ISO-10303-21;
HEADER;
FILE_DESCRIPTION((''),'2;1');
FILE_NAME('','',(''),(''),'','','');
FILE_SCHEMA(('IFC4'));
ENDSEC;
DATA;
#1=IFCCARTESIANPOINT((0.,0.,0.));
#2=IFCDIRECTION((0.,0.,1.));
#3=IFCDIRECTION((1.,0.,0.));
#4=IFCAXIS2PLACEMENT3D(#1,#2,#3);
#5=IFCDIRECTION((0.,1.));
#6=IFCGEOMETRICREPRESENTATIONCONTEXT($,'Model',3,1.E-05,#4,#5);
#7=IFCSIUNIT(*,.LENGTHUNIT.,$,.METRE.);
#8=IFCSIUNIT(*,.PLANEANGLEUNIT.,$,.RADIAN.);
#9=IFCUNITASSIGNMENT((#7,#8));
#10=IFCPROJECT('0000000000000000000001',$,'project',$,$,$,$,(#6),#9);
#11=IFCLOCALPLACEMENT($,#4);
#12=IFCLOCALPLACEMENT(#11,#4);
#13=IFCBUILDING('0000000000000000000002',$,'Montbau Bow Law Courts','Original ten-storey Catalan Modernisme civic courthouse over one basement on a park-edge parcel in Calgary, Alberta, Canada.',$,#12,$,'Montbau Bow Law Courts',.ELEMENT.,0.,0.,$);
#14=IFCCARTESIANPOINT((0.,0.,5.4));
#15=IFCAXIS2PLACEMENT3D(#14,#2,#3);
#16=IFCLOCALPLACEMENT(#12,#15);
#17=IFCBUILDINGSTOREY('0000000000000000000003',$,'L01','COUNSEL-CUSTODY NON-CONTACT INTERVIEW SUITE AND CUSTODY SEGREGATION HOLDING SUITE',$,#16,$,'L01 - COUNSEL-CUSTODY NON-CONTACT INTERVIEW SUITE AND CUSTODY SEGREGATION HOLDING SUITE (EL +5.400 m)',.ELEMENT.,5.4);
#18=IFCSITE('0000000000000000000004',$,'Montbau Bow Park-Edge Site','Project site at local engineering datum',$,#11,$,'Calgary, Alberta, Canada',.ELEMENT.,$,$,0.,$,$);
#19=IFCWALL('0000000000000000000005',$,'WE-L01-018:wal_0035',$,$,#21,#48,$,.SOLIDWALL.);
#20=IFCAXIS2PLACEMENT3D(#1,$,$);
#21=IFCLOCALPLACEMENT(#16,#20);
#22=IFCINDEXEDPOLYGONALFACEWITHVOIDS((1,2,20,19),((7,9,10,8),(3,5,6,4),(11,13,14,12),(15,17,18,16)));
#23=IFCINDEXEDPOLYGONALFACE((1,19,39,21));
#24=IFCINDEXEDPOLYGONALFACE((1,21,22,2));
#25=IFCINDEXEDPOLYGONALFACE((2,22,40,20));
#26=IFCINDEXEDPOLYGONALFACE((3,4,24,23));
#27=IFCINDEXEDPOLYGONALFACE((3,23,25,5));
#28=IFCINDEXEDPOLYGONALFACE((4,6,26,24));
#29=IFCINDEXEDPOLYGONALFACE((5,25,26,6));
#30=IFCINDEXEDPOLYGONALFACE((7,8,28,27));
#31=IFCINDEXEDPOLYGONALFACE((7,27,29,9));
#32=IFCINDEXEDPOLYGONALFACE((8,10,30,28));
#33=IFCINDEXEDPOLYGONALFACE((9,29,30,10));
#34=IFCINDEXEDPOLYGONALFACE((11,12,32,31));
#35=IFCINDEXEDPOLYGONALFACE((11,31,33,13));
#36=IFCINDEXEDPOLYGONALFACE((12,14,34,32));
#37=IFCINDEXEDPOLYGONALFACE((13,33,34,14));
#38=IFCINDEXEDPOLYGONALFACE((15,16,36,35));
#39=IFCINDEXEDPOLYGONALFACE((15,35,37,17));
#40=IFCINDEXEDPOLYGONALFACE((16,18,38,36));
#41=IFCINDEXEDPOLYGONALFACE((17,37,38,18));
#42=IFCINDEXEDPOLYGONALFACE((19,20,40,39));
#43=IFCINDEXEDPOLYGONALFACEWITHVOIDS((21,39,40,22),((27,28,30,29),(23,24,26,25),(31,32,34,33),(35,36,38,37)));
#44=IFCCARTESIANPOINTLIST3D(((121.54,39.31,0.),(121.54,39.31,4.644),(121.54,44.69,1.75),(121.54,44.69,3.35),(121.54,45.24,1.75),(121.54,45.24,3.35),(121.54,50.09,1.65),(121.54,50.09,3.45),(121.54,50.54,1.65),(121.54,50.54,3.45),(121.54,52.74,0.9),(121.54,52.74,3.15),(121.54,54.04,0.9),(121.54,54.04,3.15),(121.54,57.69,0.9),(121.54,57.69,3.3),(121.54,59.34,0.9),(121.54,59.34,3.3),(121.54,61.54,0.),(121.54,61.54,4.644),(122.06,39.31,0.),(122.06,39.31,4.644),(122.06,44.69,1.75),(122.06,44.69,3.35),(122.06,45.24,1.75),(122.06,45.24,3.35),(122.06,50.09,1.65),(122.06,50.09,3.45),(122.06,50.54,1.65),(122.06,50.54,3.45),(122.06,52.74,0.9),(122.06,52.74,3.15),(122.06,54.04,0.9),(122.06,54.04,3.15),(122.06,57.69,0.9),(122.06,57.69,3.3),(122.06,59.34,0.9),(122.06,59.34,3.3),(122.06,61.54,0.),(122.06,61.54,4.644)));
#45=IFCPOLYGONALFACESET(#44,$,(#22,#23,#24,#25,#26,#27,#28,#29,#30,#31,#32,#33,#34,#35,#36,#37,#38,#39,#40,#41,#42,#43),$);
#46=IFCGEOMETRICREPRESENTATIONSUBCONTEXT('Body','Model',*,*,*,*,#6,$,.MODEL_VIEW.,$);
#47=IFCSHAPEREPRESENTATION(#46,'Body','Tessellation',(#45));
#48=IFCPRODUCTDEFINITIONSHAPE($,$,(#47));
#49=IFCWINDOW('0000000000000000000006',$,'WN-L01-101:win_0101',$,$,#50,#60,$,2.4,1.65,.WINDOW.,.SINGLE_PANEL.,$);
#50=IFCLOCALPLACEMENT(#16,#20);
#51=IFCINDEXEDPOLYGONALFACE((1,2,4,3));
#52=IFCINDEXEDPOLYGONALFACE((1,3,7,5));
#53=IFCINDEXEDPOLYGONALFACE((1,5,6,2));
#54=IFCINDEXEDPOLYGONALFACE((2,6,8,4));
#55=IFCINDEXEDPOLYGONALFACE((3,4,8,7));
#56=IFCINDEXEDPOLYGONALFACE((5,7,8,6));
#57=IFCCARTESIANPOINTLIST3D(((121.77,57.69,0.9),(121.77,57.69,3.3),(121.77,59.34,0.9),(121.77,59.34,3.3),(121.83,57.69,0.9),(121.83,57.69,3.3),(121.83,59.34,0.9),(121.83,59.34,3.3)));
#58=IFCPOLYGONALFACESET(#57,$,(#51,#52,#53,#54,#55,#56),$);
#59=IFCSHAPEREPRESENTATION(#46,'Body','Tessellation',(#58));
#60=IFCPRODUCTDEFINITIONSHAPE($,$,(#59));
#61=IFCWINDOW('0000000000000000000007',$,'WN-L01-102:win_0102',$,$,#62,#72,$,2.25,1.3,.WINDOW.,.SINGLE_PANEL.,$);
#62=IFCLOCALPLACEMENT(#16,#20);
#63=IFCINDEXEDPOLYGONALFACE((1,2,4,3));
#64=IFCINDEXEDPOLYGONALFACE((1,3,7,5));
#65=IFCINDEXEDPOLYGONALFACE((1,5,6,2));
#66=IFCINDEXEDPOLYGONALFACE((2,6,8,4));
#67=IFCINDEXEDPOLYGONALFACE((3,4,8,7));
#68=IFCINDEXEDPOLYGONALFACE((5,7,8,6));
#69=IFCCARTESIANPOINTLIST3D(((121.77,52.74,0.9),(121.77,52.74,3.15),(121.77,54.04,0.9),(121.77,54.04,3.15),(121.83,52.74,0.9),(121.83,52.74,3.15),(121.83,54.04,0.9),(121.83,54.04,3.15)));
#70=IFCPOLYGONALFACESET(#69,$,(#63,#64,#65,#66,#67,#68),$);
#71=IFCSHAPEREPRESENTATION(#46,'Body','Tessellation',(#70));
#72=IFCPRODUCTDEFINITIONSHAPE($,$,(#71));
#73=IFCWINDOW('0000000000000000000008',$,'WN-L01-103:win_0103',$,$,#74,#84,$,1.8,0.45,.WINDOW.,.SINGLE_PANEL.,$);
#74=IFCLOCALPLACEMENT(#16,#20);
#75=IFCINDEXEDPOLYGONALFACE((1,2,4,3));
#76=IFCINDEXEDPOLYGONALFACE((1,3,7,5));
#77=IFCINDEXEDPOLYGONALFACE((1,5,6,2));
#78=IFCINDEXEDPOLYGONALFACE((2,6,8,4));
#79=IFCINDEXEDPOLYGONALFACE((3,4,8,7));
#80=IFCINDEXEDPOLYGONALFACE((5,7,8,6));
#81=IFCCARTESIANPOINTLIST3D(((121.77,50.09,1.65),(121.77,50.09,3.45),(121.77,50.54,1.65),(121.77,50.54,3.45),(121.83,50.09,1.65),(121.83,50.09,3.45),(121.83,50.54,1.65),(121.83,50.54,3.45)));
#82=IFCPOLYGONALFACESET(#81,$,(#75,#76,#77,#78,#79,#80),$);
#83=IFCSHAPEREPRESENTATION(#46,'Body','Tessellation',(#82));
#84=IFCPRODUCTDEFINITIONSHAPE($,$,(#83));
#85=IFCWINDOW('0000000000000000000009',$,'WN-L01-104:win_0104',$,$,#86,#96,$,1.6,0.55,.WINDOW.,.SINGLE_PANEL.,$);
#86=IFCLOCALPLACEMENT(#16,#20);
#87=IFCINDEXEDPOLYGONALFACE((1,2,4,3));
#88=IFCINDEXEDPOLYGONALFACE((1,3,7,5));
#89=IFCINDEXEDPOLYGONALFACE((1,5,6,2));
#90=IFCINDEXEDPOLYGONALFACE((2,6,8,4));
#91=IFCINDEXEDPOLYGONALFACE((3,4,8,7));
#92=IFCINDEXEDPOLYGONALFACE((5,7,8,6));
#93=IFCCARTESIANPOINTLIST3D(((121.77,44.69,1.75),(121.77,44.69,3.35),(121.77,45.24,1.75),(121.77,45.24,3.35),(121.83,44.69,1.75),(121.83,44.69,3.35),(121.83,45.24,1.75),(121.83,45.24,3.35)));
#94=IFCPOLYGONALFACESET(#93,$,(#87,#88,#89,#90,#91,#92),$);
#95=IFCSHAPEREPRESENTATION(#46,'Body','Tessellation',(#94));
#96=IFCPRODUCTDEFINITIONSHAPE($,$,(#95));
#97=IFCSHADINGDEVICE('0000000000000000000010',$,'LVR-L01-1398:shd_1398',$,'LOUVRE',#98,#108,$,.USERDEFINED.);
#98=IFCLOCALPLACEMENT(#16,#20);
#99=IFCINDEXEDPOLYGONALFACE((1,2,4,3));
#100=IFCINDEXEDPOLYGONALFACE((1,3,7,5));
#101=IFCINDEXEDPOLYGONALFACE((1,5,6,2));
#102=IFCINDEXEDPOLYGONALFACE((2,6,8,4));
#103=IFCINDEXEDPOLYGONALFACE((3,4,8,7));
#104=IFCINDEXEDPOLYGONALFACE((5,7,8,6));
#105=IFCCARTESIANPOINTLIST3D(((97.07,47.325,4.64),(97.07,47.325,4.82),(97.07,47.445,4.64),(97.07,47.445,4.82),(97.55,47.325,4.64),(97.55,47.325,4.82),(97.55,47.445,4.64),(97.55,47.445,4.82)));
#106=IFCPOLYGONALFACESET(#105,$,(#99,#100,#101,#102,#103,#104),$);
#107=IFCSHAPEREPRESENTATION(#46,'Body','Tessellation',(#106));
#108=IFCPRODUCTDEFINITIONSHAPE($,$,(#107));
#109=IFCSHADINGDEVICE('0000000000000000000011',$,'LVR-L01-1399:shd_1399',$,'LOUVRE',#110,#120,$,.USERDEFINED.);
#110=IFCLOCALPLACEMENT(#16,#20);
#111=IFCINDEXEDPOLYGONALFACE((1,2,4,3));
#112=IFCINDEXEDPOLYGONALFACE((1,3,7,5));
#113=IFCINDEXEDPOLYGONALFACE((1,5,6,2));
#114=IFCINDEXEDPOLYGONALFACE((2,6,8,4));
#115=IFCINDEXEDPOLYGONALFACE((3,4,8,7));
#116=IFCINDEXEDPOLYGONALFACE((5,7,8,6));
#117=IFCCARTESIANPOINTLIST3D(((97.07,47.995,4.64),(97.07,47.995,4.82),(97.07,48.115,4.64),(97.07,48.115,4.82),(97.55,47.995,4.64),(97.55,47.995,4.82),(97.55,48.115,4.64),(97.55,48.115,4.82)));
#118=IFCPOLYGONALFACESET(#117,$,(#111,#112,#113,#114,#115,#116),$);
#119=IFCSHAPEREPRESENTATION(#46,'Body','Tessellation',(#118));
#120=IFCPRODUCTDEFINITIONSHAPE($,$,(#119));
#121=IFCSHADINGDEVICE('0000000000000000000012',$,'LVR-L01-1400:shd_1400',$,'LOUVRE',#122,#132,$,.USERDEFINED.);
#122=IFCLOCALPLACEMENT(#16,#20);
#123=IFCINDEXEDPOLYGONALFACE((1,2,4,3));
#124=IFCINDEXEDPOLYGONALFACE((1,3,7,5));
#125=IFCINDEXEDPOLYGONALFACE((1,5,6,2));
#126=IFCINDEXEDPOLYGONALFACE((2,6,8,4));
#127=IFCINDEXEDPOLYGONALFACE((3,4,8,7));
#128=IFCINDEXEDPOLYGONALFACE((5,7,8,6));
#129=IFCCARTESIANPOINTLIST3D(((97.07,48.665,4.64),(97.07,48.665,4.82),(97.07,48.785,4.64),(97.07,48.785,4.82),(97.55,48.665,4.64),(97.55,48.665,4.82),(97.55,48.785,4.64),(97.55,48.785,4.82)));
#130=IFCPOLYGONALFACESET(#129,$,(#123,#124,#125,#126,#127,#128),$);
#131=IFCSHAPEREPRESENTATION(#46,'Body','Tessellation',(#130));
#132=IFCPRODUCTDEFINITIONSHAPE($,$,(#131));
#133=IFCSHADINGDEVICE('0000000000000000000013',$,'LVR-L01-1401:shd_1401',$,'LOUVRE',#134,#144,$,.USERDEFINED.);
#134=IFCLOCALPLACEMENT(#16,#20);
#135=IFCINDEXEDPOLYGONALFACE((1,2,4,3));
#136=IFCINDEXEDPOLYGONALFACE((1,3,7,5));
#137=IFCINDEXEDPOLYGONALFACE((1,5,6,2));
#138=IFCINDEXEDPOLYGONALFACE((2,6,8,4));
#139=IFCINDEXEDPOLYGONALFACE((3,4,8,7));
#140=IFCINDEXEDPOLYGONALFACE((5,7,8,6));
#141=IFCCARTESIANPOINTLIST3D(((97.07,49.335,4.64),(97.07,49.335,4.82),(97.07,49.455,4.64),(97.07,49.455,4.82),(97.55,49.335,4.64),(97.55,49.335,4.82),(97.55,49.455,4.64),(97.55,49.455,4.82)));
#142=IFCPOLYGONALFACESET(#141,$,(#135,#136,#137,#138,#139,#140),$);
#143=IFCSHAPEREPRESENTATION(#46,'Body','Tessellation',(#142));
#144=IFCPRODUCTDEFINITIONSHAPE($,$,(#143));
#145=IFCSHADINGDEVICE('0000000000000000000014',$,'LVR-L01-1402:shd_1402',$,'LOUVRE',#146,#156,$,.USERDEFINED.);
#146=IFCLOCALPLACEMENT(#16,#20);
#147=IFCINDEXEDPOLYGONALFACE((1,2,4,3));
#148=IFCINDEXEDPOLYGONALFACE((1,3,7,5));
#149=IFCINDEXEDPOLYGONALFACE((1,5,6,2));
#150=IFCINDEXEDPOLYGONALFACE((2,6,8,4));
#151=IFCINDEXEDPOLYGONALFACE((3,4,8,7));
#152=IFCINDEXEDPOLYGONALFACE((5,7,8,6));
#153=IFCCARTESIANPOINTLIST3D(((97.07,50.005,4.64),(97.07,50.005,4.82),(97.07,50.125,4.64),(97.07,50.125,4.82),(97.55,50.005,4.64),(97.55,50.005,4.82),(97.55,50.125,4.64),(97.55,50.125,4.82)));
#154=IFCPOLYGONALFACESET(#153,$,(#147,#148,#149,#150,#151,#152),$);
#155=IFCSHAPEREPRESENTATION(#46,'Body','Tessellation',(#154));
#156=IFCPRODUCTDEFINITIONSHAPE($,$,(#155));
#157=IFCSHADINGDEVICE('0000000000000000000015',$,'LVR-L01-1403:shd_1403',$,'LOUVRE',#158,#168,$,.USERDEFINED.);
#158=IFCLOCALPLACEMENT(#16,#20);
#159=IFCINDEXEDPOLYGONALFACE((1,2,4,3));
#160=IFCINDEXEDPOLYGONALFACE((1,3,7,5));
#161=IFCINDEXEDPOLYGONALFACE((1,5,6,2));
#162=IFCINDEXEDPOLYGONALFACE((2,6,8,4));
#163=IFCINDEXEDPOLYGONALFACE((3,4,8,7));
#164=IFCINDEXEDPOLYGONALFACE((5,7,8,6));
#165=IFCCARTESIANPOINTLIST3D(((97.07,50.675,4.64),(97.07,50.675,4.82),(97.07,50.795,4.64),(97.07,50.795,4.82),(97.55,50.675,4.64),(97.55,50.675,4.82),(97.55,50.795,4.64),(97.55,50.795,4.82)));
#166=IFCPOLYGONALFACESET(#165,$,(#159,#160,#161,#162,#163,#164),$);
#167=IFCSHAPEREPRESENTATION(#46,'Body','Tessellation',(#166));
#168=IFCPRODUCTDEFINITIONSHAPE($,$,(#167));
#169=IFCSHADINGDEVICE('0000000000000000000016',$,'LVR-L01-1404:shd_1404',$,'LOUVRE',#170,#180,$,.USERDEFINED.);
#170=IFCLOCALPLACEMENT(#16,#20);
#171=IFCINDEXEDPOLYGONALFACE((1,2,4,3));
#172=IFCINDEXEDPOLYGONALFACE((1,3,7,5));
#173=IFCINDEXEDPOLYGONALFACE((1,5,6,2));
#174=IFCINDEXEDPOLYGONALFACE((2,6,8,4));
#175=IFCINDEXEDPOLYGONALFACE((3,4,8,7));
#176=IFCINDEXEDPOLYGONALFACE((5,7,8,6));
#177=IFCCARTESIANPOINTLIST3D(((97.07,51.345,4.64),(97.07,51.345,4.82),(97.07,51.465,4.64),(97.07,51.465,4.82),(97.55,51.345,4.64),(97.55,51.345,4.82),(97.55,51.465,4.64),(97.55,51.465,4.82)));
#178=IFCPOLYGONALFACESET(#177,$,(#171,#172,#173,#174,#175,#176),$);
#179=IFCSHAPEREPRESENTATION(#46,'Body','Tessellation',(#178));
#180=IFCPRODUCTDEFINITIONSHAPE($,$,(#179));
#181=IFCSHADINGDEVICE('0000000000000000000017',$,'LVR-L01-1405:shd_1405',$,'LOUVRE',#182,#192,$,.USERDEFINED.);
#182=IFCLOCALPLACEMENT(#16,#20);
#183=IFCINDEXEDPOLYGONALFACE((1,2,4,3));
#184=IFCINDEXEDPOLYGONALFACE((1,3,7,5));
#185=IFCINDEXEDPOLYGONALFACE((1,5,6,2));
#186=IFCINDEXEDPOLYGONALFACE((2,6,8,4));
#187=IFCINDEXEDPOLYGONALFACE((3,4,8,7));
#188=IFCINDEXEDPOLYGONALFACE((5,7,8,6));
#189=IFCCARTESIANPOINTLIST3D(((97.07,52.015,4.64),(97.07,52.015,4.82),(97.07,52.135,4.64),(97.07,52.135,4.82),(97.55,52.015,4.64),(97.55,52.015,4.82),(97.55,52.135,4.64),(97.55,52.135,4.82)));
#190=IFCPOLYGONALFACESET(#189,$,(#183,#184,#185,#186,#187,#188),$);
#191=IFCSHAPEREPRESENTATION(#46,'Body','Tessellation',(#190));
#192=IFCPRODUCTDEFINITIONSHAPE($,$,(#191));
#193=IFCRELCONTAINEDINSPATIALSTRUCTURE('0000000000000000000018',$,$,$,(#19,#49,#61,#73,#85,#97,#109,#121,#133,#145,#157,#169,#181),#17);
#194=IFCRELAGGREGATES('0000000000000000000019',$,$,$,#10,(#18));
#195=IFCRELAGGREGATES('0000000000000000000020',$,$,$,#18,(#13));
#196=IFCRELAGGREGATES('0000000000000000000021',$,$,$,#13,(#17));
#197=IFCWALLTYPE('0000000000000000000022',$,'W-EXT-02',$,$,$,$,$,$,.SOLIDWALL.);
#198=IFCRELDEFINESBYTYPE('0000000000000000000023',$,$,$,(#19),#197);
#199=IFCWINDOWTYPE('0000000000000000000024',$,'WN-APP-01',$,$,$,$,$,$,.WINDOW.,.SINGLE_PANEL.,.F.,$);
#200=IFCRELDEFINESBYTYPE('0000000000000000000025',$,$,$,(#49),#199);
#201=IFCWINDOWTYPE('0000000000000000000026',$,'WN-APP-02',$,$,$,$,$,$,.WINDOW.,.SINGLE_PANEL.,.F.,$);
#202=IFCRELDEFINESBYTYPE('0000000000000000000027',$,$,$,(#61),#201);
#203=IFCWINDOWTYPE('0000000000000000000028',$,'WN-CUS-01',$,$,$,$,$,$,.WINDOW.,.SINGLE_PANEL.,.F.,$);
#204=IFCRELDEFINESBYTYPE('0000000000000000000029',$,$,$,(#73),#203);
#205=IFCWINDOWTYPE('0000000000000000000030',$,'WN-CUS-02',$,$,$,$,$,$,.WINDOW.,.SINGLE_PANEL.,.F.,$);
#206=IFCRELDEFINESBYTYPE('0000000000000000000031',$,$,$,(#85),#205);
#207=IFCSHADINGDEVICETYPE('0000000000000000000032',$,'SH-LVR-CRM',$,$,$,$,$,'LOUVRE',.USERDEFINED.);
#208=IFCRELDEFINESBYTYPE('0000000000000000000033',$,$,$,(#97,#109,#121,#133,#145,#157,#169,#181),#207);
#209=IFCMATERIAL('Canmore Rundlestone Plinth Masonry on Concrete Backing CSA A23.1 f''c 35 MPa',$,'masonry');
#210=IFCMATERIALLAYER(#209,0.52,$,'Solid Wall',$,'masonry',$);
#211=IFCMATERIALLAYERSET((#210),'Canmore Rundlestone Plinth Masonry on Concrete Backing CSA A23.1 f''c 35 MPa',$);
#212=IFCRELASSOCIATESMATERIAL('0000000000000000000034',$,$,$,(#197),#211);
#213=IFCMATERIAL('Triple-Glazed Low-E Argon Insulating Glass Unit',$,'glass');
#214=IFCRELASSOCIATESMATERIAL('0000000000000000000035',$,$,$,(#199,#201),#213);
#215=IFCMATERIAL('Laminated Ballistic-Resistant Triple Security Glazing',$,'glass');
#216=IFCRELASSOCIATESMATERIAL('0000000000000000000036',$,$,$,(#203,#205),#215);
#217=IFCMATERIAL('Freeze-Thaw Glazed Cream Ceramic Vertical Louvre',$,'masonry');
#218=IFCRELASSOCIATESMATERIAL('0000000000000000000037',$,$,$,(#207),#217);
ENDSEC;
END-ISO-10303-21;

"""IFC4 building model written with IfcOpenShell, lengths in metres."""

from ifc_helpers import new_model, si_unit, direction, frame, frame_2d, origin_with_axes, origin_2d_with_axis, place, context, subcontext, project, spatial, rectangle, extrude, material, layer, layer_set, type_object, element, fill, save


model = new_model("IFC4")

# Units and contexts
model_context = context("Model", 3, precision=1e-05, world=origin_with_axes(), true_north=direction((0.0, 1.0)))
body_context = subcontext(model_context, "Body", "Model", "MODEL_VIEW")
ifc_project = project(units=[si_unit("LENGTHUNIT", "METRE"), si_unit("PLANEANGLEUNIT", "RADIAN")], contexts=[model_context])

# Site, building, storey
site_placement = place(None, origin_with_axes())
site = spatial("IfcSite", under=ifc_project, at=site_placement, Name="Montbau Bow Park-Edge Site", Description="Project site at local engineering datum", LongName="Calgary, Alberta, Canada", CompositionType="ELEMENT", RefElevation=0.0)
building_placement = place(site_placement, origin_with_axes())
building = spatial("IfcBuilding", under=site, at=building_placement, Name="Montbau Bow Law Courts", Description="Original ten-storey Catalan Modernisme civic courthouse over one basement on a park-edge parcel in Calgary, Alberta, Canada.", LongName="Montbau Bow Law Courts", CompositionType="ELEMENT", ElevationOfRefHeight=0.0, ElevationOfTerrain=0.0)
storey_placement = place(building_placement, frame((0.0, 0.0, 5.4), z_axis=(0.0, 0.0, 1.0), x_axis=(1.0, 0.0, 0.0)))
storey = spatial("IfcBuildingStorey", under=building, at=storey_placement, Name="L01", Description="COUNSEL-CUSTODY NON-CONTACT INTERVIEW SUITE AND CUSTODY SEGREGATION HOLDING SUITE", LongName="L01 - COUNSEL-CUSTODY NON-CONTACT INTERVIEW SUITE AND CUSTODY SEGREGATION HOLDING SUITE (EL +5.400 m)", CompositionType="ELEMENT", Elevation=5.4)

# Wall, openings, windows
ifc_material_1 = material(Name="Canmore Rundlestone Plinth Masonry on Concrete Backing CSA A23.1 f'c 35 MPa", Category="masonry")
ifc_layer = layer(ifc_material_1, 0.52, Name="Solid Wall", Category="masonry")
ifc_layer_set = layer_set([ifc_layer], Name="Canmore Rundlestone Plinth Masonry on Concrete Backing CSA A23.1 f'c 35 MPa")
wall_type = type_object("IfcWallType", Name="W-EXT-02", PredefinedType="SOLIDWALL", material=ifc_layer_set)
wall_placement = place(None, frame((121.8, 61.54, 5.4), z_axis=(0.0, 0.0, 1.0), x_axis=(0.0, -1.0, 0.0)))
wall = element("IfcWall", 1, at=wall_placement, inside=storey, type_object=wall_type, Name="WE-L01-018:wal_0035", PredefinedType="SOLIDWALL", context=body_context, shape_type="SweptSolid", body=[
    extrude(rectangle(XDim=22.23, YDim=0.52, at=frame_2d((11.115, 0.0), x_axis=(1.0, 0.0))), origin_with_axes(), (0.0, 0.0, 1.0), 4.644),
])
opening_1_placement = place(None, frame((121.8, 58.515, 6.3), z_axis=(0.0, 0.0, 1.0), x_axis=(0.0, -1.0, 0.0)))
opening_1 = element("IfcOpeningElement", 2, at=opening_1_placement, cuts=wall, PredefinedType="OPENING", context=body_context, shape_type="SweptSolid", body=[
    extrude(rectangle(XDim=1.65, YDim=2.4, at=frame_2d((0.0, 1.2), x_axis=(1.0, 0.0))), frame((0.0, 0.27, 0.0), z_axis=(0.0, -1.0, 0.0), x_axis=(1.0, 0.0, 0.0)), (0.0, 0.0, 1.0), 0.54),
])
opening_2_placement = place(None, frame((121.8, 53.39, 6.3), z_axis=(0.0, 0.0, 1.0), x_axis=(0.0, -1.0, 0.0)))
opening_2 = element("IfcOpeningElement", 3, at=opening_2_placement, cuts=wall, PredefinedType="OPENING", context=body_context, shape_type="SweptSolid", body=[
    extrude(rectangle(XDim=1.3, YDim=2.25, at=frame_2d((0.0, 1.125), x_axis=(1.0, 0.0))), frame((0.0, 0.27, 0.0), z_axis=(0.0, -1.0, 0.0), x_axis=(1.0, 0.0, 0.0)), (0.0, 0.0, 1.0), 0.54),
])
opening_3_placement = place(None, frame((121.8, 50.315, 7.05), z_axis=(0.0, 0.0, 1.0), x_axis=(0.0, -1.0, 0.0)))
opening_3 = element("IfcOpeningElement", 4, at=opening_3_placement, cuts=wall, PredefinedType="OPENING", context=body_context, shape_type="SweptSolid", body=[
    extrude(rectangle(XDim=0.45, YDim=1.8, at=frame_2d((0.0, 0.9), x_axis=(1.0, 0.0))), frame((0.0, 0.27, 0.0), z_axis=(0.0, -1.0, 0.0), x_axis=(1.0, 0.0, 0.0)), (0.0, 0.0, 1.0), 0.54),
])
opening_4_placement = place(None, frame((121.8, 44.965, 7.15), z_axis=(0.0, 0.0, 1.0), x_axis=(0.0, -1.0, 0.0)))
opening_4 = element("IfcOpeningElement", 5, at=opening_4_placement, cuts=wall, PredefinedType="OPENING", context=body_context, shape_type="SweptSolid", body=[
    extrude(rectangle(XDim=0.55, YDim=1.6, at=frame_2d((0.0, 0.8), x_axis=(1.0, 0.0))), frame((0.0, 0.27, 0.0), z_axis=(0.0, -1.0, 0.0), x_axis=(1.0, 0.0, 0.0)), (0.0, 0.0, 1.0), 0.54),
])
ifc_material_2 = material(Name="Triple-Glazed Low-E Argon Insulating Glass Unit", Category="glass")
window_type_1 = type_object("IfcWindowType", Name="WN-APP-01", ParameterTakesPrecedence=False, PartitioningType="SINGLE_PANEL", PredefinedType="WINDOW", material=ifc_material_2)
window_1_placement = place(None, frame((121.8, 58.515, 6.3), z_axis=(0.0, 0.0, 1.0), x_axis=(0.0, -1.0, 0.0)))
window_1 = element("IfcWindow", 6, at=window_1_placement, inside=storey, type_object=window_type_1, Name="WN-L01-101:win_0101", OverallHeight=2.4, OverallWidth=1.65, PartitioningType="SINGLE_PANEL", PredefinedType="WINDOW", context=body_context, shape_type="SweptSolid", body=[
    extrude(rectangle(XDim=1.65, YDim=2.4, at=frame_2d((0.0, 1.2), x_axis=(1.0, 0.0))), frame((0.0, 0.03, 0.0), z_axis=(0.0, -1.0, 0.0), x_axis=(1.0, 0.0, 0.0)), (0.0, 0.0, 1.0), 0.06),
])
fill(opening_1, window_1)
window_type_2 = type_object("IfcWindowType", Name="WN-APP-02", ParameterTakesPrecedence=False, PartitioningType="SINGLE_PANEL", PredefinedType="WINDOW", material=ifc_material_2)
window_2_placement = place(None, frame((121.8, 53.39, 6.3), z_axis=(0.0, 0.0, 1.0), x_axis=(0.0, -1.0, 0.0)))
window_2 = element("IfcWindow", 7, at=window_2_placement, inside=storey, type_object=window_type_2, Name="WN-L01-102:win_0102", OverallHeight=2.25, OverallWidth=1.3, PartitioningType="SINGLE_PANEL", PredefinedType="WINDOW", context=body_context, shape_type="SweptSolid", body=[
    extrude(rectangle(XDim=1.3, YDim=2.25, at=frame_2d((0.0, 1.125), x_axis=(1.0, 0.0))), frame((0.0, 0.03, 0.0), z_axis=(0.0, -1.0, 0.0), x_axis=(1.0, 0.0, 0.0)), (0.0, 0.0, 1.0), 0.06),
])
fill(opening_2, window_2)
ifc_material_3 = material(Name="Laminated Ballistic-Resistant Triple Security Glazing", Category="glass")
window_type_3 = type_object("IfcWindowType", Name="WN-CUS-01", ParameterTakesPrecedence=False, PartitioningType="SINGLE_PANEL", PredefinedType="WINDOW", material=ifc_material_3)
window_3_placement = place(None, frame((121.8, 50.315, 7.05), z_axis=(0.0, 0.0, 1.0), x_axis=(0.0, -1.0, 0.0)))
window_3 = element("IfcWindow", 8, at=window_3_placement, inside=storey, type_object=window_type_3, Name="WN-L01-103:win_0103", OverallHeight=1.8, OverallWidth=0.45, PartitioningType="SINGLE_PANEL", PredefinedType="WINDOW", context=body_context, shape_type="SweptSolid", body=[
    extrude(rectangle(XDim=0.45, YDim=1.8, at=frame_2d((0.0, 0.9), x_axis=(1.0, 0.0))), frame((0.0, 0.03, 0.0), z_axis=(0.0, -1.0, 0.0), x_axis=(1.0, 0.0, 0.0)), (0.0, 0.0, 1.0), 0.06),
])
fill(opening_3, window_3)
window_type_4 = type_object("IfcWindowType", Name="WN-CUS-02", ParameterTakesPrecedence=False, PartitioningType="SINGLE_PANEL", PredefinedType="WINDOW", material=ifc_material_3)
window_4_placement = place(None, frame((121.8, 44.965, 7.15), z_axis=(0.0, 0.0, 1.0), x_axis=(0.0, -1.0, 0.0)))
window_4 = element("IfcWindow", 9, at=window_4_placement, inside=storey, type_object=window_type_4, Name="WN-L01-104:win_0104", OverallHeight=1.6, OverallWidth=0.55, PartitioningType="SINGLE_PANEL", PredefinedType="WINDOW", context=body_context, shape_type="SweptSolid", body=[
    extrude(rectangle(XDim=0.55, YDim=1.6, at=frame_2d((0.0, 0.8), x_axis=(1.0, 0.0))), frame((0.0, 0.03, 0.0), z_axis=(0.0, -1.0, 0.0), x_axis=(1.0, 0.0, 0.0)), (0.0, 0.0, 1.0), 0.06),
])
fill(opening_4, window_4)

# Shading devices
ifc_material_4 = material(Name="Freeze-Thaw Glazed Cream Ceramic Vertical Louvre", Category="masonry")
shading_device_type = type_object("IfcShadingDeviceType", Name="SH-LVR-CRM", ElementType="LOUVRE", PredefinedType="USERDEFINED", material=ifc_material_4)
for number, where, z_axis, x_axis, name in (
    (10, (97.31, 47.385, 10.04), (0.0, 0.0, 1.0), (1.0, 0.0, 0.0), "LVR-L01-1398:shd_1398"),
    (11, (97.31, 48.055, 10.04), (0.0, 0.0, 1.0), (1.0, 0.0, 0.0), "LVR-L01-1399:shd_1399"),
    (12, (97.31, 48.725, 10.04), (0.0, 0.0, 1.0), (1.0, 0.0, 0.0), "LVR-L01-1400:shd_1400"),
    (13, (97.31, 49.395, 10.04), (0.0, 0.0, 1.0), (1.0, 0.0, 0.0), "LVR-L01-1401:shd_1401"),
    (14, (97.31, 50.065, 10.04), (0.0, 0.0, 1.0), (1.0, 0.0, 0.0), "LVR-L01-1402:shd_1402"),
    (15, (97.31, 50.735, 10.04), (0.0, 0.0, 1.0), (1.0, 0.0, 0.0), "LVR-L01-1403:shd_1403"),
    (16, (97.31, 51.405, 10.04), (0.0, 0.0, 1.0), (1.0, 0.0, 0.0), "LVR-L01-1404:shd_1404"),
    (17, (97.31, 52.075, 10.04), (0.0, 0.0, 1.0), (1.0, 0.0, 0.0), "LVR-L01-1405:shd_1405"),
):
    element("IfcShadingDevice", number, at=place(None, frame(where, z_axis=z_axis, x_axis=x_axis)), inside=storey, type_object=shading_device_type, Name=name, ObjectType="LOUVRE", PredefinedType="USERDEFINED", context=body_context, shape_type="SweptSolid", body=[
        extrude(rectangle(XDim=0.48, YDim=0.12, at=origin_2d_with_axis()), origin_with_axes(), (0.0, 0.0, 1.0), 0.18),
    ])

save(model, "model.ifc")
